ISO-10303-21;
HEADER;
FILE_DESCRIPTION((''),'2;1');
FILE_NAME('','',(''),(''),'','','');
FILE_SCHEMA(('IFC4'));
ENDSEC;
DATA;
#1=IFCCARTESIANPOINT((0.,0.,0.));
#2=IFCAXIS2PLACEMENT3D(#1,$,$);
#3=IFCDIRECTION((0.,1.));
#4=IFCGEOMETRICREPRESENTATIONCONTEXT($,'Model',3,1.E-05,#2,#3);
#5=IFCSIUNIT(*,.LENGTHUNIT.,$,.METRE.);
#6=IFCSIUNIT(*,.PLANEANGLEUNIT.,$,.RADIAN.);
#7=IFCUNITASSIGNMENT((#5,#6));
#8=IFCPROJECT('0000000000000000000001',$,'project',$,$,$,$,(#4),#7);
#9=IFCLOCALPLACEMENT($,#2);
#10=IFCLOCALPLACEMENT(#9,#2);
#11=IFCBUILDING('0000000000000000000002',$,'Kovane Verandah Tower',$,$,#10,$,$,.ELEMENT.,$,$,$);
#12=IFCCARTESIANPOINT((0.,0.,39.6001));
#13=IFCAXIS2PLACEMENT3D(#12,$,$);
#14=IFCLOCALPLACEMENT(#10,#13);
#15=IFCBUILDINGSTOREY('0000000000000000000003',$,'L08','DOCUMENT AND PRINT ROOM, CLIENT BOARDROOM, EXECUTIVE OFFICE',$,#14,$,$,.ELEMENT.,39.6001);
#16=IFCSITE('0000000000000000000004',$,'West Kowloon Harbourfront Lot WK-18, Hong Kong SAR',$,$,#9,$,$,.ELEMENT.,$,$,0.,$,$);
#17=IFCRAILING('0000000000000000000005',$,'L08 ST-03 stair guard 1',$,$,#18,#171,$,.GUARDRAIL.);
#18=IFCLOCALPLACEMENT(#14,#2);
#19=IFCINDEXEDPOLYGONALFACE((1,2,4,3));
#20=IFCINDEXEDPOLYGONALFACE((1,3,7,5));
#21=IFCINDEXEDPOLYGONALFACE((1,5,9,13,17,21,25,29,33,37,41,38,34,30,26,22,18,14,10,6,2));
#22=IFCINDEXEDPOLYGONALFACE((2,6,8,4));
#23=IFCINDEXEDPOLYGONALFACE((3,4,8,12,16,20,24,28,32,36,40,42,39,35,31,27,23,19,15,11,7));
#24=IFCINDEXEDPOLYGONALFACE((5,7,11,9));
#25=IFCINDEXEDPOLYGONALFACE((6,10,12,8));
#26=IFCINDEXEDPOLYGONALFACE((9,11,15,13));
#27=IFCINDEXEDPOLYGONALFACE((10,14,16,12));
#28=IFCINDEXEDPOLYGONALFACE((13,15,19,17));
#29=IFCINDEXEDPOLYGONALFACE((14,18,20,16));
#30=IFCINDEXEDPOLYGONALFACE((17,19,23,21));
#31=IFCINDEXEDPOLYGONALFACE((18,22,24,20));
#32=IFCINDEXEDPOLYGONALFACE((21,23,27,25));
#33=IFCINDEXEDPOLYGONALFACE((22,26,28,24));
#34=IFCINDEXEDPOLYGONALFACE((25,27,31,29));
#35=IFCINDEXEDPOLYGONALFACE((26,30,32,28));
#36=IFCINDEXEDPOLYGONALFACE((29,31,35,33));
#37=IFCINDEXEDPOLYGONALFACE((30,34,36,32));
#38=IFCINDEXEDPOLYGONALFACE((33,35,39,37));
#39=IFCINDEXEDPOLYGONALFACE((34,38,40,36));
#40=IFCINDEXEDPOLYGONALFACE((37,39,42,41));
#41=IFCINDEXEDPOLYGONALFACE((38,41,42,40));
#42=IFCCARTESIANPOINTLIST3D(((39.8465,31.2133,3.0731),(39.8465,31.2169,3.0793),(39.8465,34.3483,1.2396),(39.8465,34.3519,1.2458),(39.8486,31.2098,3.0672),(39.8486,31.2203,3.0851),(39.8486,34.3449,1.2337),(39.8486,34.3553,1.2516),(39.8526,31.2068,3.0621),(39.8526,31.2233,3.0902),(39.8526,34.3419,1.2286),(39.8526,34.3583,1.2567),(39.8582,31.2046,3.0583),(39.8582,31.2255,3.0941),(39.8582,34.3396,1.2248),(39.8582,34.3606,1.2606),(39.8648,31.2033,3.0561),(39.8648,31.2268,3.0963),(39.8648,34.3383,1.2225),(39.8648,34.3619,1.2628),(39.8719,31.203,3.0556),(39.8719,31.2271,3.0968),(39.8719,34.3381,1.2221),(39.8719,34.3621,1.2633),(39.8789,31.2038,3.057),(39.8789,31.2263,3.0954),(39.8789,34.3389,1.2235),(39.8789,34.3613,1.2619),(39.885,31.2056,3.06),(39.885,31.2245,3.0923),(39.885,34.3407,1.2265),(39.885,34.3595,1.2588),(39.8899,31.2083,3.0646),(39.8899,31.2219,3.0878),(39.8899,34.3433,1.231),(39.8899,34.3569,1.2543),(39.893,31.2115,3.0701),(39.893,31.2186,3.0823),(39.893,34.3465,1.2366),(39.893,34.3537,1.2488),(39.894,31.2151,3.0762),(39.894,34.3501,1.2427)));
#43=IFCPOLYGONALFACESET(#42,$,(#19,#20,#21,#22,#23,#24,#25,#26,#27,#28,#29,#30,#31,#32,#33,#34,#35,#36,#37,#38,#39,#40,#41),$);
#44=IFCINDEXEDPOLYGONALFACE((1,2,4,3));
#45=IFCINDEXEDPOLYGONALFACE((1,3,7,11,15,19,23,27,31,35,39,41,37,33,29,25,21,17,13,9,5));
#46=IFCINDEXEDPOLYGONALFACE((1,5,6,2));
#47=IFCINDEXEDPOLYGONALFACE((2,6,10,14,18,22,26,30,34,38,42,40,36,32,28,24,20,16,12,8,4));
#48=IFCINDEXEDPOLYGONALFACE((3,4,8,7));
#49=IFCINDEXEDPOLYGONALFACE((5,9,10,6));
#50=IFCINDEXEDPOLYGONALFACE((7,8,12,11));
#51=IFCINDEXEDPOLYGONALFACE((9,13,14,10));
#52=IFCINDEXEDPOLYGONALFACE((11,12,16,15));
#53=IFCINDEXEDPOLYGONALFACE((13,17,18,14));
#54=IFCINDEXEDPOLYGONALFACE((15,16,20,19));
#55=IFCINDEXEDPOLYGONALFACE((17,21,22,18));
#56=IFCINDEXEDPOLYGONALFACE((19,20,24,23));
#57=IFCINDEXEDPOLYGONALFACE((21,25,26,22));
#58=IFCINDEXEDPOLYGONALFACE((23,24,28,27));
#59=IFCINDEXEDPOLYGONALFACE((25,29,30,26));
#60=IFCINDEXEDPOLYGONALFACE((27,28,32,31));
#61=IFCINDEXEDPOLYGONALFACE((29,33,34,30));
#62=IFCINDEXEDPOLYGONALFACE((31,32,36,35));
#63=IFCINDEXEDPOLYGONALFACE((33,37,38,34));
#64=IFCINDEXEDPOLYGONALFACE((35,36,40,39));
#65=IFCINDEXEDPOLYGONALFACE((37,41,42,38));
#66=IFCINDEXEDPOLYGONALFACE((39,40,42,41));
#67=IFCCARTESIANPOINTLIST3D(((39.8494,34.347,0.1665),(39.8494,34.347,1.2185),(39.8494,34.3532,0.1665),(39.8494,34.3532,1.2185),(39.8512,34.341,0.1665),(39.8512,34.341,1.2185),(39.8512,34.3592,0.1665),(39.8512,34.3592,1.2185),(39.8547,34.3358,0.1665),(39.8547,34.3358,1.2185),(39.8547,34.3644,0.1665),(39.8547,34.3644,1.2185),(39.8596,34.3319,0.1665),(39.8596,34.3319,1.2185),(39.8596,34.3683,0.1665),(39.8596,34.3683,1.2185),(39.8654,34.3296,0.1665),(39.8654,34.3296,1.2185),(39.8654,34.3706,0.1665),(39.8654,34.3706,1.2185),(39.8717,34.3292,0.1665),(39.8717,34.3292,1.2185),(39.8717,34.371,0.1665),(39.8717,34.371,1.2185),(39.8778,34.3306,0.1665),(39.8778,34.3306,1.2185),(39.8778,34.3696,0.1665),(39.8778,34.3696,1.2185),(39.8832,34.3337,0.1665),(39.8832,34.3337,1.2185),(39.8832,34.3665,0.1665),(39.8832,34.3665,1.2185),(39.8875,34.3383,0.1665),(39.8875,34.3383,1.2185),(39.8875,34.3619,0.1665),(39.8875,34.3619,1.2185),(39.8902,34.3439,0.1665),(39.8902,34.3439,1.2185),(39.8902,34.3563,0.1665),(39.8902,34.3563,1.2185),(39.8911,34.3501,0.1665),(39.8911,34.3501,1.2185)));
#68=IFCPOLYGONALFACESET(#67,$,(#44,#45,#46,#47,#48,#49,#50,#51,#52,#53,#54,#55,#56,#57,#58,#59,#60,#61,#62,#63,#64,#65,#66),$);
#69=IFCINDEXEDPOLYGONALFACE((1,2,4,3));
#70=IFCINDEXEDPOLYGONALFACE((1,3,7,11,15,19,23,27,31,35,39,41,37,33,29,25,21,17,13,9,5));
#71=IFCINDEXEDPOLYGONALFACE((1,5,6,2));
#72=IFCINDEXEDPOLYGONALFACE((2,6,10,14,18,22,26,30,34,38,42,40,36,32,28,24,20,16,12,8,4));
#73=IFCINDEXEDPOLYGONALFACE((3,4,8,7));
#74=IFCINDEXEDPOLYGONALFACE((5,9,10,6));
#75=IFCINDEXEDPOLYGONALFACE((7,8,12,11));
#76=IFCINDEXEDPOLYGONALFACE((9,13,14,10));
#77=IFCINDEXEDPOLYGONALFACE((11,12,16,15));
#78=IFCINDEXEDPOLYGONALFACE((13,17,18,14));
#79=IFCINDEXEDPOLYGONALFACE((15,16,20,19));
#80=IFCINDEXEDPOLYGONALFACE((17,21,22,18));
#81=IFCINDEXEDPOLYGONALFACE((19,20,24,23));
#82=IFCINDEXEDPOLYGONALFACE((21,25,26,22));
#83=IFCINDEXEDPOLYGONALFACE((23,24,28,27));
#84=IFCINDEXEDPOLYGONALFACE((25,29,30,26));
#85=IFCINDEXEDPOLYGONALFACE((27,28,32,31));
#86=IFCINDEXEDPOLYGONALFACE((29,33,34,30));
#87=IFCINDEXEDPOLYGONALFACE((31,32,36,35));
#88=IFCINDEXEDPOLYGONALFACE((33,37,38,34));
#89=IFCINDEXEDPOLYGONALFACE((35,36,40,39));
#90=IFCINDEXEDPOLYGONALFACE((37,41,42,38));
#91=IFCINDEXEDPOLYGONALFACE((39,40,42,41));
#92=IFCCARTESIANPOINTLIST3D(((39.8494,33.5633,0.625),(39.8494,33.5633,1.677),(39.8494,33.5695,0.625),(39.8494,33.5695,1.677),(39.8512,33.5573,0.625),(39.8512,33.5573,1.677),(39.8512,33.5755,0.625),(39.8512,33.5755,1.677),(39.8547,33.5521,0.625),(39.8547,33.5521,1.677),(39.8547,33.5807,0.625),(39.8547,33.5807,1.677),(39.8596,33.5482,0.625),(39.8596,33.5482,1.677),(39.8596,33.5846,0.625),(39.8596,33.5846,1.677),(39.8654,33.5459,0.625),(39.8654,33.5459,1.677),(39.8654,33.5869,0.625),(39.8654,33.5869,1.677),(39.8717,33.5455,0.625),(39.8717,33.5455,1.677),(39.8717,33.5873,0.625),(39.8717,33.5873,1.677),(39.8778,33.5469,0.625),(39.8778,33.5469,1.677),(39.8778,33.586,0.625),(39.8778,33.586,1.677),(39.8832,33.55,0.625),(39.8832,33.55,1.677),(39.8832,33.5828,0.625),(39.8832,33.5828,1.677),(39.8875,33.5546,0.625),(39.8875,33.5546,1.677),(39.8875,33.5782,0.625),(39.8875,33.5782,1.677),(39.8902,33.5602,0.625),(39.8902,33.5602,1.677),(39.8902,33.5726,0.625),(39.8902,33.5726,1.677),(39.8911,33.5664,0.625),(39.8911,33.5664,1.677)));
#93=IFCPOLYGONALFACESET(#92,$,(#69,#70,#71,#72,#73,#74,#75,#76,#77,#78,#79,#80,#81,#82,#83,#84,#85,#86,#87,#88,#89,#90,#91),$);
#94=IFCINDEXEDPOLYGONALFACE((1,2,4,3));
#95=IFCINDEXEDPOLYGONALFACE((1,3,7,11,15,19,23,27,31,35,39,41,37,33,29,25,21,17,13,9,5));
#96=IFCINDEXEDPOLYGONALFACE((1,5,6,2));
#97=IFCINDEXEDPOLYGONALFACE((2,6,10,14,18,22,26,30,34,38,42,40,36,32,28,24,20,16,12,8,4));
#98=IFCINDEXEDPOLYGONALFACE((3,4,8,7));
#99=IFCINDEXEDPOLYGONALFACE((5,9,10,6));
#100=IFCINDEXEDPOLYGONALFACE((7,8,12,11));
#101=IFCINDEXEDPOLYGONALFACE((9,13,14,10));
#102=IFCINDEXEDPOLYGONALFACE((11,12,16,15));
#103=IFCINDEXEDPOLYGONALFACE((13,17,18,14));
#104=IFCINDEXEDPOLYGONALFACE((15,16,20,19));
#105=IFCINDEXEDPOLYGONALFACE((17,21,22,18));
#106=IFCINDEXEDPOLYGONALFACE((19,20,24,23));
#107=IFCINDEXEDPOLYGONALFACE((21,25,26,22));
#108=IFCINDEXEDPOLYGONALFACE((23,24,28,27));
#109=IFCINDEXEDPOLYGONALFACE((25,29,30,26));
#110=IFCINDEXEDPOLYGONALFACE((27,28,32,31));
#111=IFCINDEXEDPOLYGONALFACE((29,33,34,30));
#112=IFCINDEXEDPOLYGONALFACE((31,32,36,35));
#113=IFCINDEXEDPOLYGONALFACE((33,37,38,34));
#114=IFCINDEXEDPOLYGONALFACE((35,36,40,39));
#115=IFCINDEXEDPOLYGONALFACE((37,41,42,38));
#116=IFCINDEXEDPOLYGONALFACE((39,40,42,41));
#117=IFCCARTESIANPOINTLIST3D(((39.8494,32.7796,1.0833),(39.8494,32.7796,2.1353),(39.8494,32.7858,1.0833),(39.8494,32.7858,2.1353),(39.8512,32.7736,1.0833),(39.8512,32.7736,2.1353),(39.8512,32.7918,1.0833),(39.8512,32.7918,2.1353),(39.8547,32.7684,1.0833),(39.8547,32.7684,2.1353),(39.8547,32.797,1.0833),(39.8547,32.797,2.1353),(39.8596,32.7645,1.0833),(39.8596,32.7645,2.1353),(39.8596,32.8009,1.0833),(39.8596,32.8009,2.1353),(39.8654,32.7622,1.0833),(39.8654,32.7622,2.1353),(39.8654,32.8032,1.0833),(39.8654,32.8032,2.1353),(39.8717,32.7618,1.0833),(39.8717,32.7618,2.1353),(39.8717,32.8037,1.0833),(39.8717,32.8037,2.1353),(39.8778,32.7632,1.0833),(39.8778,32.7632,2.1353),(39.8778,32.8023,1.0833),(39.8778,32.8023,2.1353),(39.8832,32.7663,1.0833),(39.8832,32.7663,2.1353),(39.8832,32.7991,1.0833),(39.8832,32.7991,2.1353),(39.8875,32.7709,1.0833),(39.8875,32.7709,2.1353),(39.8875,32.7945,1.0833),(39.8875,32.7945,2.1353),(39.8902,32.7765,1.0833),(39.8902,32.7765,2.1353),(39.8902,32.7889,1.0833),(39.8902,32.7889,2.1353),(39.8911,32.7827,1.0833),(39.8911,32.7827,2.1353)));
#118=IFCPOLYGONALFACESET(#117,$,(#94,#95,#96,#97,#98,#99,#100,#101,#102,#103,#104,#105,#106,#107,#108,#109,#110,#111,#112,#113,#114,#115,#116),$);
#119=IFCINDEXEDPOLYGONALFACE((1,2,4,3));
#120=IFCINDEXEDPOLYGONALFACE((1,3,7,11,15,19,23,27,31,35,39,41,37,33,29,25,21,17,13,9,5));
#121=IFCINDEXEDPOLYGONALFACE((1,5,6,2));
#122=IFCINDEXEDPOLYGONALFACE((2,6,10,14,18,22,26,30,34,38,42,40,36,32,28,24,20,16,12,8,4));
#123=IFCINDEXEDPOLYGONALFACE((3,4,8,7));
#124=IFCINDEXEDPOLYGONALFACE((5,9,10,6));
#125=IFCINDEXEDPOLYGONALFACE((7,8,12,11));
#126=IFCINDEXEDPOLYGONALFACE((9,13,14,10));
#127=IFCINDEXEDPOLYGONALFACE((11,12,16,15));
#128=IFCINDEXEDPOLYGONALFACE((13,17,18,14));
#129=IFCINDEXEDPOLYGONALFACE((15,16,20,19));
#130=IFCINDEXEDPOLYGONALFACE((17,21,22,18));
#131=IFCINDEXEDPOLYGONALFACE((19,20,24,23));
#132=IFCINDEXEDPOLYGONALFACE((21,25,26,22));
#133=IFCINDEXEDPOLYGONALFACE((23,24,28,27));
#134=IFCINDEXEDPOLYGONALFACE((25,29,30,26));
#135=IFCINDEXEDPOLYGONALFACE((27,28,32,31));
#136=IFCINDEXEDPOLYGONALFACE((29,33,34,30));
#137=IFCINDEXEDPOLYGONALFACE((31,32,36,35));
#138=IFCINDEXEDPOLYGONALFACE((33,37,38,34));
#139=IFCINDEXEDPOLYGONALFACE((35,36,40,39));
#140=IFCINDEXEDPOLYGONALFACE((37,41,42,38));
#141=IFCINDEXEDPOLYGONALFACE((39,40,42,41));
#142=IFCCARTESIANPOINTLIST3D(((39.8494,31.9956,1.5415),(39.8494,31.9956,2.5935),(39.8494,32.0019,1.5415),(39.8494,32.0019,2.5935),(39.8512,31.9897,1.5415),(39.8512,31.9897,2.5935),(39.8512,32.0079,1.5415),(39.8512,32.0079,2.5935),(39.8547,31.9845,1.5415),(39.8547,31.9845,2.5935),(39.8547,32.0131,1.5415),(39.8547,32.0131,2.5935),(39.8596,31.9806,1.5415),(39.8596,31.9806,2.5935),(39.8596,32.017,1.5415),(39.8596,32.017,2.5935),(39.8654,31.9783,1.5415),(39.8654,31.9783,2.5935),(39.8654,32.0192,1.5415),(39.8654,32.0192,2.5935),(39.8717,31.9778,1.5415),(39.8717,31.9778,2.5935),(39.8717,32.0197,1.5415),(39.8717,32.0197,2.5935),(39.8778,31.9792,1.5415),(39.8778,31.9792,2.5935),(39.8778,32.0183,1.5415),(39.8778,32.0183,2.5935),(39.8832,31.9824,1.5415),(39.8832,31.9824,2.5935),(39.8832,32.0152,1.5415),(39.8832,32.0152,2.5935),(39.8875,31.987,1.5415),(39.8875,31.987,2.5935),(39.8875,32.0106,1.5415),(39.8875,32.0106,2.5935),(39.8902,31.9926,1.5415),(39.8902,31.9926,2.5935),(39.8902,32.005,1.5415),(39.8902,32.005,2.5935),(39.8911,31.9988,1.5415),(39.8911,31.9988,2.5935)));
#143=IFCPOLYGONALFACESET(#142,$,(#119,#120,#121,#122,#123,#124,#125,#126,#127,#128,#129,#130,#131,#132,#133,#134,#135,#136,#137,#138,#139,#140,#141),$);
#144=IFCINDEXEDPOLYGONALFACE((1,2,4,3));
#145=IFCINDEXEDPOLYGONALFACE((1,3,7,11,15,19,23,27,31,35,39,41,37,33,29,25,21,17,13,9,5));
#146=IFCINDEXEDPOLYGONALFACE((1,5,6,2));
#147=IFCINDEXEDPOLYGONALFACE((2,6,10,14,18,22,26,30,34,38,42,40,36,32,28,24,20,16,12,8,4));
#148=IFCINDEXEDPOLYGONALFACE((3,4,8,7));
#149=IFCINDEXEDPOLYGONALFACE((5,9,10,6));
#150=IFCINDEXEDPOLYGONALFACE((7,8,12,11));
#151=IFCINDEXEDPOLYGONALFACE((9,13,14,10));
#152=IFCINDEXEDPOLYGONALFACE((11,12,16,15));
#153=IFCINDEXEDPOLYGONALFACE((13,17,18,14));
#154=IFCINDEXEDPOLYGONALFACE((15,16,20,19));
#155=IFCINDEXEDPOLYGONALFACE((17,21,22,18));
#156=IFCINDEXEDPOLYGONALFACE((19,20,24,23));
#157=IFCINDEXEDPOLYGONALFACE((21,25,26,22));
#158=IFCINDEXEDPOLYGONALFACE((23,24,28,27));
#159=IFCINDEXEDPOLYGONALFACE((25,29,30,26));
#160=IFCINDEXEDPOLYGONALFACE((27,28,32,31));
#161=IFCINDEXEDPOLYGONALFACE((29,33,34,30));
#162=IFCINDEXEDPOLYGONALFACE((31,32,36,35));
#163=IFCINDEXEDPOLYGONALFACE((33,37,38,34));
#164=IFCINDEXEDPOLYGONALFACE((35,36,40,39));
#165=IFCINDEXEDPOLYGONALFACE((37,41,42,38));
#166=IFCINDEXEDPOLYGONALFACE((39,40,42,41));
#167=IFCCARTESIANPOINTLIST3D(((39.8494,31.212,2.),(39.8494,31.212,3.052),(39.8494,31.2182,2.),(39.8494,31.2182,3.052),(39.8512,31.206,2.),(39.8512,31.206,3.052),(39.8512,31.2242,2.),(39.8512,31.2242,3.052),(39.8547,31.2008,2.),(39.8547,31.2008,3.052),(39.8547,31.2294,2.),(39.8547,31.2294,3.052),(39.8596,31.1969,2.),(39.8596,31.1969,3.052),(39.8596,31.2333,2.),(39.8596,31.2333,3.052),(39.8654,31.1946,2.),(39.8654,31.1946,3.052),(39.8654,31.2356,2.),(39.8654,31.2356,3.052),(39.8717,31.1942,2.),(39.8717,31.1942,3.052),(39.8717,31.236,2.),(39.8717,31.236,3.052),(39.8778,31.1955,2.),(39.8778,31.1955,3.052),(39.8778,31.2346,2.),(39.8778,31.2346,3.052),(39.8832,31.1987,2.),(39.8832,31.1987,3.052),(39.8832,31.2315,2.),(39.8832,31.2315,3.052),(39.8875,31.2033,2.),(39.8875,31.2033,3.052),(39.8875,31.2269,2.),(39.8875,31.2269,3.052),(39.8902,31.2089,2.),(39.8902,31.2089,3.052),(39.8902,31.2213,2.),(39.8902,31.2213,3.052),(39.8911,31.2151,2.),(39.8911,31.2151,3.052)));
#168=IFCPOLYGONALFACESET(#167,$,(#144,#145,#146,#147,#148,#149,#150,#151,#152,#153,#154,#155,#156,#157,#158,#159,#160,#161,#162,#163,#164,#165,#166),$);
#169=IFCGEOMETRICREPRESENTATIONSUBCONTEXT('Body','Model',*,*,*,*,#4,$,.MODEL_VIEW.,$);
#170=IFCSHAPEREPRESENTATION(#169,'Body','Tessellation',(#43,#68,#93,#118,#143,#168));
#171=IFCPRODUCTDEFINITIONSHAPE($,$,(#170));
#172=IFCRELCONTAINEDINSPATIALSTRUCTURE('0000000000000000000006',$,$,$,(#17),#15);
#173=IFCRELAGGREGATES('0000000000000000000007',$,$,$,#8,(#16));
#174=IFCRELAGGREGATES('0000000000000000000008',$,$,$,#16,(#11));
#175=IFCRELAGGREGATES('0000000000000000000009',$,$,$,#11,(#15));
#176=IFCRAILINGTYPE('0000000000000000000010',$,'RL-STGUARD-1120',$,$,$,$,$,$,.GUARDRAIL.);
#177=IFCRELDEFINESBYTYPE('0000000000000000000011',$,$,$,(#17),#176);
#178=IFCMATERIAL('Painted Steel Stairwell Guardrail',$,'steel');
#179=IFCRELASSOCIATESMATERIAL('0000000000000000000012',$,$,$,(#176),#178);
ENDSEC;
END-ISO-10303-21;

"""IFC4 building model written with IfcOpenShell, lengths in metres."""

from ifc_helpers import new_model, si_unit, direction, frame, origin, origin_2d, place, context, subcontext, project, spatial, circle, extrude, material, type_object, element, save


model = new_model("IFC4")

# Units and contexts
model_context = context("Model", 3, precision=1e-05, world=origin(), true_north=direction((0.0, 1.0)))
body_context = subcontext(model_context, "Body", "Model", "MODEL_VIEW")
ifc_project = project(units=[si_unit("LENGTHUNIT", "METRE"), si_unit("PLANEANGLEUNIT", "RADIAN")], contexts=[model_context])

# Site, building, storey
site_placement = place(None, origin())
site = spatial("IfcSite", under=ifc_project, at=site_placement, Name="West Kowloon Harbourfront Lot WK-18, Hong Kong SAR", CompositionType="ELEMENT", RefElevation=0.0)
building_placement = place(site_placement, origin())
building = spatial("IfcBuilding", under=site, at=building_placement, Name="Kovane Verandah Tower", CompositionType="ELEMENT")
storey_placement = place(building_placement, frame((0.0, 0.0, 39.6001)))
storey = spatial("IfcBuildingStorey", under=building, at=storey_placement, Name="L08", Description="DOCUMENT AND PRINT ROOM, CLIENT BOARDROOM, EXECUTIVE OFFICE", CompositionType="ELEMENT", Elevation=39.6001)

# Railing
ifc_material_1 = material(Name="Painted Steel Stairwell Guardrail", Category="steel")
railing_type_1 = type_object("IfcRailingType", Name="RL-STGUARD-1120", PredefinedType="GUARDRAIL", material=ifc_material_1)
railing_1_placement = place(storey_placement, frame((39.8701, 34.3501, 0.1665)))
element("IfcRailing", 1, at=railing_1_placement, inside=storey, type_object=railing_type_1, Name="L08 ST-03 stair guard 1", PredefinedType="GUARDRAIL", context=body_context, shape_type="SweptSolid", body=[
    extrude(circle(Radius=0.0239, at=origin_2d()), frame((0.0, 0.0, 1.0762), z_axis=(0.0, -0.86321, 0.504845), x_axis=(1.0, 0.0, 0.0)), (0.0, 0.0, 1.0), 3.6318),
    extrude(circle(Radius=0.021, at=origin_2d()), origin(), (0.0, 0.0, 1.0), 1.052),
    extrude(circle(Radius=0.021, at=origin_2d()), frame((0.0, -0.7837, 0.4585)), (0.0, 0.0, 1.0), 1.052),
    extrude(circle(Radius=0.021, at=origin_2d()), frame((0.0, -1.5674, 0.9167)), (0.0, 0.0, 1.0), 1.052),
    extrude(circle(Radius=0.021, at=origin_2d()), frame((0.0, -2.3513, 1.375)), (0.0, 0.0, 1.0), 1.052),
    extrude(circle(Radius=0.021, at=origin_2d()), frame((0.0, -3.135, 1.8335)), (0.0, 0.0, 1.0), 1.052),
])

save(model, "model.ifc")
